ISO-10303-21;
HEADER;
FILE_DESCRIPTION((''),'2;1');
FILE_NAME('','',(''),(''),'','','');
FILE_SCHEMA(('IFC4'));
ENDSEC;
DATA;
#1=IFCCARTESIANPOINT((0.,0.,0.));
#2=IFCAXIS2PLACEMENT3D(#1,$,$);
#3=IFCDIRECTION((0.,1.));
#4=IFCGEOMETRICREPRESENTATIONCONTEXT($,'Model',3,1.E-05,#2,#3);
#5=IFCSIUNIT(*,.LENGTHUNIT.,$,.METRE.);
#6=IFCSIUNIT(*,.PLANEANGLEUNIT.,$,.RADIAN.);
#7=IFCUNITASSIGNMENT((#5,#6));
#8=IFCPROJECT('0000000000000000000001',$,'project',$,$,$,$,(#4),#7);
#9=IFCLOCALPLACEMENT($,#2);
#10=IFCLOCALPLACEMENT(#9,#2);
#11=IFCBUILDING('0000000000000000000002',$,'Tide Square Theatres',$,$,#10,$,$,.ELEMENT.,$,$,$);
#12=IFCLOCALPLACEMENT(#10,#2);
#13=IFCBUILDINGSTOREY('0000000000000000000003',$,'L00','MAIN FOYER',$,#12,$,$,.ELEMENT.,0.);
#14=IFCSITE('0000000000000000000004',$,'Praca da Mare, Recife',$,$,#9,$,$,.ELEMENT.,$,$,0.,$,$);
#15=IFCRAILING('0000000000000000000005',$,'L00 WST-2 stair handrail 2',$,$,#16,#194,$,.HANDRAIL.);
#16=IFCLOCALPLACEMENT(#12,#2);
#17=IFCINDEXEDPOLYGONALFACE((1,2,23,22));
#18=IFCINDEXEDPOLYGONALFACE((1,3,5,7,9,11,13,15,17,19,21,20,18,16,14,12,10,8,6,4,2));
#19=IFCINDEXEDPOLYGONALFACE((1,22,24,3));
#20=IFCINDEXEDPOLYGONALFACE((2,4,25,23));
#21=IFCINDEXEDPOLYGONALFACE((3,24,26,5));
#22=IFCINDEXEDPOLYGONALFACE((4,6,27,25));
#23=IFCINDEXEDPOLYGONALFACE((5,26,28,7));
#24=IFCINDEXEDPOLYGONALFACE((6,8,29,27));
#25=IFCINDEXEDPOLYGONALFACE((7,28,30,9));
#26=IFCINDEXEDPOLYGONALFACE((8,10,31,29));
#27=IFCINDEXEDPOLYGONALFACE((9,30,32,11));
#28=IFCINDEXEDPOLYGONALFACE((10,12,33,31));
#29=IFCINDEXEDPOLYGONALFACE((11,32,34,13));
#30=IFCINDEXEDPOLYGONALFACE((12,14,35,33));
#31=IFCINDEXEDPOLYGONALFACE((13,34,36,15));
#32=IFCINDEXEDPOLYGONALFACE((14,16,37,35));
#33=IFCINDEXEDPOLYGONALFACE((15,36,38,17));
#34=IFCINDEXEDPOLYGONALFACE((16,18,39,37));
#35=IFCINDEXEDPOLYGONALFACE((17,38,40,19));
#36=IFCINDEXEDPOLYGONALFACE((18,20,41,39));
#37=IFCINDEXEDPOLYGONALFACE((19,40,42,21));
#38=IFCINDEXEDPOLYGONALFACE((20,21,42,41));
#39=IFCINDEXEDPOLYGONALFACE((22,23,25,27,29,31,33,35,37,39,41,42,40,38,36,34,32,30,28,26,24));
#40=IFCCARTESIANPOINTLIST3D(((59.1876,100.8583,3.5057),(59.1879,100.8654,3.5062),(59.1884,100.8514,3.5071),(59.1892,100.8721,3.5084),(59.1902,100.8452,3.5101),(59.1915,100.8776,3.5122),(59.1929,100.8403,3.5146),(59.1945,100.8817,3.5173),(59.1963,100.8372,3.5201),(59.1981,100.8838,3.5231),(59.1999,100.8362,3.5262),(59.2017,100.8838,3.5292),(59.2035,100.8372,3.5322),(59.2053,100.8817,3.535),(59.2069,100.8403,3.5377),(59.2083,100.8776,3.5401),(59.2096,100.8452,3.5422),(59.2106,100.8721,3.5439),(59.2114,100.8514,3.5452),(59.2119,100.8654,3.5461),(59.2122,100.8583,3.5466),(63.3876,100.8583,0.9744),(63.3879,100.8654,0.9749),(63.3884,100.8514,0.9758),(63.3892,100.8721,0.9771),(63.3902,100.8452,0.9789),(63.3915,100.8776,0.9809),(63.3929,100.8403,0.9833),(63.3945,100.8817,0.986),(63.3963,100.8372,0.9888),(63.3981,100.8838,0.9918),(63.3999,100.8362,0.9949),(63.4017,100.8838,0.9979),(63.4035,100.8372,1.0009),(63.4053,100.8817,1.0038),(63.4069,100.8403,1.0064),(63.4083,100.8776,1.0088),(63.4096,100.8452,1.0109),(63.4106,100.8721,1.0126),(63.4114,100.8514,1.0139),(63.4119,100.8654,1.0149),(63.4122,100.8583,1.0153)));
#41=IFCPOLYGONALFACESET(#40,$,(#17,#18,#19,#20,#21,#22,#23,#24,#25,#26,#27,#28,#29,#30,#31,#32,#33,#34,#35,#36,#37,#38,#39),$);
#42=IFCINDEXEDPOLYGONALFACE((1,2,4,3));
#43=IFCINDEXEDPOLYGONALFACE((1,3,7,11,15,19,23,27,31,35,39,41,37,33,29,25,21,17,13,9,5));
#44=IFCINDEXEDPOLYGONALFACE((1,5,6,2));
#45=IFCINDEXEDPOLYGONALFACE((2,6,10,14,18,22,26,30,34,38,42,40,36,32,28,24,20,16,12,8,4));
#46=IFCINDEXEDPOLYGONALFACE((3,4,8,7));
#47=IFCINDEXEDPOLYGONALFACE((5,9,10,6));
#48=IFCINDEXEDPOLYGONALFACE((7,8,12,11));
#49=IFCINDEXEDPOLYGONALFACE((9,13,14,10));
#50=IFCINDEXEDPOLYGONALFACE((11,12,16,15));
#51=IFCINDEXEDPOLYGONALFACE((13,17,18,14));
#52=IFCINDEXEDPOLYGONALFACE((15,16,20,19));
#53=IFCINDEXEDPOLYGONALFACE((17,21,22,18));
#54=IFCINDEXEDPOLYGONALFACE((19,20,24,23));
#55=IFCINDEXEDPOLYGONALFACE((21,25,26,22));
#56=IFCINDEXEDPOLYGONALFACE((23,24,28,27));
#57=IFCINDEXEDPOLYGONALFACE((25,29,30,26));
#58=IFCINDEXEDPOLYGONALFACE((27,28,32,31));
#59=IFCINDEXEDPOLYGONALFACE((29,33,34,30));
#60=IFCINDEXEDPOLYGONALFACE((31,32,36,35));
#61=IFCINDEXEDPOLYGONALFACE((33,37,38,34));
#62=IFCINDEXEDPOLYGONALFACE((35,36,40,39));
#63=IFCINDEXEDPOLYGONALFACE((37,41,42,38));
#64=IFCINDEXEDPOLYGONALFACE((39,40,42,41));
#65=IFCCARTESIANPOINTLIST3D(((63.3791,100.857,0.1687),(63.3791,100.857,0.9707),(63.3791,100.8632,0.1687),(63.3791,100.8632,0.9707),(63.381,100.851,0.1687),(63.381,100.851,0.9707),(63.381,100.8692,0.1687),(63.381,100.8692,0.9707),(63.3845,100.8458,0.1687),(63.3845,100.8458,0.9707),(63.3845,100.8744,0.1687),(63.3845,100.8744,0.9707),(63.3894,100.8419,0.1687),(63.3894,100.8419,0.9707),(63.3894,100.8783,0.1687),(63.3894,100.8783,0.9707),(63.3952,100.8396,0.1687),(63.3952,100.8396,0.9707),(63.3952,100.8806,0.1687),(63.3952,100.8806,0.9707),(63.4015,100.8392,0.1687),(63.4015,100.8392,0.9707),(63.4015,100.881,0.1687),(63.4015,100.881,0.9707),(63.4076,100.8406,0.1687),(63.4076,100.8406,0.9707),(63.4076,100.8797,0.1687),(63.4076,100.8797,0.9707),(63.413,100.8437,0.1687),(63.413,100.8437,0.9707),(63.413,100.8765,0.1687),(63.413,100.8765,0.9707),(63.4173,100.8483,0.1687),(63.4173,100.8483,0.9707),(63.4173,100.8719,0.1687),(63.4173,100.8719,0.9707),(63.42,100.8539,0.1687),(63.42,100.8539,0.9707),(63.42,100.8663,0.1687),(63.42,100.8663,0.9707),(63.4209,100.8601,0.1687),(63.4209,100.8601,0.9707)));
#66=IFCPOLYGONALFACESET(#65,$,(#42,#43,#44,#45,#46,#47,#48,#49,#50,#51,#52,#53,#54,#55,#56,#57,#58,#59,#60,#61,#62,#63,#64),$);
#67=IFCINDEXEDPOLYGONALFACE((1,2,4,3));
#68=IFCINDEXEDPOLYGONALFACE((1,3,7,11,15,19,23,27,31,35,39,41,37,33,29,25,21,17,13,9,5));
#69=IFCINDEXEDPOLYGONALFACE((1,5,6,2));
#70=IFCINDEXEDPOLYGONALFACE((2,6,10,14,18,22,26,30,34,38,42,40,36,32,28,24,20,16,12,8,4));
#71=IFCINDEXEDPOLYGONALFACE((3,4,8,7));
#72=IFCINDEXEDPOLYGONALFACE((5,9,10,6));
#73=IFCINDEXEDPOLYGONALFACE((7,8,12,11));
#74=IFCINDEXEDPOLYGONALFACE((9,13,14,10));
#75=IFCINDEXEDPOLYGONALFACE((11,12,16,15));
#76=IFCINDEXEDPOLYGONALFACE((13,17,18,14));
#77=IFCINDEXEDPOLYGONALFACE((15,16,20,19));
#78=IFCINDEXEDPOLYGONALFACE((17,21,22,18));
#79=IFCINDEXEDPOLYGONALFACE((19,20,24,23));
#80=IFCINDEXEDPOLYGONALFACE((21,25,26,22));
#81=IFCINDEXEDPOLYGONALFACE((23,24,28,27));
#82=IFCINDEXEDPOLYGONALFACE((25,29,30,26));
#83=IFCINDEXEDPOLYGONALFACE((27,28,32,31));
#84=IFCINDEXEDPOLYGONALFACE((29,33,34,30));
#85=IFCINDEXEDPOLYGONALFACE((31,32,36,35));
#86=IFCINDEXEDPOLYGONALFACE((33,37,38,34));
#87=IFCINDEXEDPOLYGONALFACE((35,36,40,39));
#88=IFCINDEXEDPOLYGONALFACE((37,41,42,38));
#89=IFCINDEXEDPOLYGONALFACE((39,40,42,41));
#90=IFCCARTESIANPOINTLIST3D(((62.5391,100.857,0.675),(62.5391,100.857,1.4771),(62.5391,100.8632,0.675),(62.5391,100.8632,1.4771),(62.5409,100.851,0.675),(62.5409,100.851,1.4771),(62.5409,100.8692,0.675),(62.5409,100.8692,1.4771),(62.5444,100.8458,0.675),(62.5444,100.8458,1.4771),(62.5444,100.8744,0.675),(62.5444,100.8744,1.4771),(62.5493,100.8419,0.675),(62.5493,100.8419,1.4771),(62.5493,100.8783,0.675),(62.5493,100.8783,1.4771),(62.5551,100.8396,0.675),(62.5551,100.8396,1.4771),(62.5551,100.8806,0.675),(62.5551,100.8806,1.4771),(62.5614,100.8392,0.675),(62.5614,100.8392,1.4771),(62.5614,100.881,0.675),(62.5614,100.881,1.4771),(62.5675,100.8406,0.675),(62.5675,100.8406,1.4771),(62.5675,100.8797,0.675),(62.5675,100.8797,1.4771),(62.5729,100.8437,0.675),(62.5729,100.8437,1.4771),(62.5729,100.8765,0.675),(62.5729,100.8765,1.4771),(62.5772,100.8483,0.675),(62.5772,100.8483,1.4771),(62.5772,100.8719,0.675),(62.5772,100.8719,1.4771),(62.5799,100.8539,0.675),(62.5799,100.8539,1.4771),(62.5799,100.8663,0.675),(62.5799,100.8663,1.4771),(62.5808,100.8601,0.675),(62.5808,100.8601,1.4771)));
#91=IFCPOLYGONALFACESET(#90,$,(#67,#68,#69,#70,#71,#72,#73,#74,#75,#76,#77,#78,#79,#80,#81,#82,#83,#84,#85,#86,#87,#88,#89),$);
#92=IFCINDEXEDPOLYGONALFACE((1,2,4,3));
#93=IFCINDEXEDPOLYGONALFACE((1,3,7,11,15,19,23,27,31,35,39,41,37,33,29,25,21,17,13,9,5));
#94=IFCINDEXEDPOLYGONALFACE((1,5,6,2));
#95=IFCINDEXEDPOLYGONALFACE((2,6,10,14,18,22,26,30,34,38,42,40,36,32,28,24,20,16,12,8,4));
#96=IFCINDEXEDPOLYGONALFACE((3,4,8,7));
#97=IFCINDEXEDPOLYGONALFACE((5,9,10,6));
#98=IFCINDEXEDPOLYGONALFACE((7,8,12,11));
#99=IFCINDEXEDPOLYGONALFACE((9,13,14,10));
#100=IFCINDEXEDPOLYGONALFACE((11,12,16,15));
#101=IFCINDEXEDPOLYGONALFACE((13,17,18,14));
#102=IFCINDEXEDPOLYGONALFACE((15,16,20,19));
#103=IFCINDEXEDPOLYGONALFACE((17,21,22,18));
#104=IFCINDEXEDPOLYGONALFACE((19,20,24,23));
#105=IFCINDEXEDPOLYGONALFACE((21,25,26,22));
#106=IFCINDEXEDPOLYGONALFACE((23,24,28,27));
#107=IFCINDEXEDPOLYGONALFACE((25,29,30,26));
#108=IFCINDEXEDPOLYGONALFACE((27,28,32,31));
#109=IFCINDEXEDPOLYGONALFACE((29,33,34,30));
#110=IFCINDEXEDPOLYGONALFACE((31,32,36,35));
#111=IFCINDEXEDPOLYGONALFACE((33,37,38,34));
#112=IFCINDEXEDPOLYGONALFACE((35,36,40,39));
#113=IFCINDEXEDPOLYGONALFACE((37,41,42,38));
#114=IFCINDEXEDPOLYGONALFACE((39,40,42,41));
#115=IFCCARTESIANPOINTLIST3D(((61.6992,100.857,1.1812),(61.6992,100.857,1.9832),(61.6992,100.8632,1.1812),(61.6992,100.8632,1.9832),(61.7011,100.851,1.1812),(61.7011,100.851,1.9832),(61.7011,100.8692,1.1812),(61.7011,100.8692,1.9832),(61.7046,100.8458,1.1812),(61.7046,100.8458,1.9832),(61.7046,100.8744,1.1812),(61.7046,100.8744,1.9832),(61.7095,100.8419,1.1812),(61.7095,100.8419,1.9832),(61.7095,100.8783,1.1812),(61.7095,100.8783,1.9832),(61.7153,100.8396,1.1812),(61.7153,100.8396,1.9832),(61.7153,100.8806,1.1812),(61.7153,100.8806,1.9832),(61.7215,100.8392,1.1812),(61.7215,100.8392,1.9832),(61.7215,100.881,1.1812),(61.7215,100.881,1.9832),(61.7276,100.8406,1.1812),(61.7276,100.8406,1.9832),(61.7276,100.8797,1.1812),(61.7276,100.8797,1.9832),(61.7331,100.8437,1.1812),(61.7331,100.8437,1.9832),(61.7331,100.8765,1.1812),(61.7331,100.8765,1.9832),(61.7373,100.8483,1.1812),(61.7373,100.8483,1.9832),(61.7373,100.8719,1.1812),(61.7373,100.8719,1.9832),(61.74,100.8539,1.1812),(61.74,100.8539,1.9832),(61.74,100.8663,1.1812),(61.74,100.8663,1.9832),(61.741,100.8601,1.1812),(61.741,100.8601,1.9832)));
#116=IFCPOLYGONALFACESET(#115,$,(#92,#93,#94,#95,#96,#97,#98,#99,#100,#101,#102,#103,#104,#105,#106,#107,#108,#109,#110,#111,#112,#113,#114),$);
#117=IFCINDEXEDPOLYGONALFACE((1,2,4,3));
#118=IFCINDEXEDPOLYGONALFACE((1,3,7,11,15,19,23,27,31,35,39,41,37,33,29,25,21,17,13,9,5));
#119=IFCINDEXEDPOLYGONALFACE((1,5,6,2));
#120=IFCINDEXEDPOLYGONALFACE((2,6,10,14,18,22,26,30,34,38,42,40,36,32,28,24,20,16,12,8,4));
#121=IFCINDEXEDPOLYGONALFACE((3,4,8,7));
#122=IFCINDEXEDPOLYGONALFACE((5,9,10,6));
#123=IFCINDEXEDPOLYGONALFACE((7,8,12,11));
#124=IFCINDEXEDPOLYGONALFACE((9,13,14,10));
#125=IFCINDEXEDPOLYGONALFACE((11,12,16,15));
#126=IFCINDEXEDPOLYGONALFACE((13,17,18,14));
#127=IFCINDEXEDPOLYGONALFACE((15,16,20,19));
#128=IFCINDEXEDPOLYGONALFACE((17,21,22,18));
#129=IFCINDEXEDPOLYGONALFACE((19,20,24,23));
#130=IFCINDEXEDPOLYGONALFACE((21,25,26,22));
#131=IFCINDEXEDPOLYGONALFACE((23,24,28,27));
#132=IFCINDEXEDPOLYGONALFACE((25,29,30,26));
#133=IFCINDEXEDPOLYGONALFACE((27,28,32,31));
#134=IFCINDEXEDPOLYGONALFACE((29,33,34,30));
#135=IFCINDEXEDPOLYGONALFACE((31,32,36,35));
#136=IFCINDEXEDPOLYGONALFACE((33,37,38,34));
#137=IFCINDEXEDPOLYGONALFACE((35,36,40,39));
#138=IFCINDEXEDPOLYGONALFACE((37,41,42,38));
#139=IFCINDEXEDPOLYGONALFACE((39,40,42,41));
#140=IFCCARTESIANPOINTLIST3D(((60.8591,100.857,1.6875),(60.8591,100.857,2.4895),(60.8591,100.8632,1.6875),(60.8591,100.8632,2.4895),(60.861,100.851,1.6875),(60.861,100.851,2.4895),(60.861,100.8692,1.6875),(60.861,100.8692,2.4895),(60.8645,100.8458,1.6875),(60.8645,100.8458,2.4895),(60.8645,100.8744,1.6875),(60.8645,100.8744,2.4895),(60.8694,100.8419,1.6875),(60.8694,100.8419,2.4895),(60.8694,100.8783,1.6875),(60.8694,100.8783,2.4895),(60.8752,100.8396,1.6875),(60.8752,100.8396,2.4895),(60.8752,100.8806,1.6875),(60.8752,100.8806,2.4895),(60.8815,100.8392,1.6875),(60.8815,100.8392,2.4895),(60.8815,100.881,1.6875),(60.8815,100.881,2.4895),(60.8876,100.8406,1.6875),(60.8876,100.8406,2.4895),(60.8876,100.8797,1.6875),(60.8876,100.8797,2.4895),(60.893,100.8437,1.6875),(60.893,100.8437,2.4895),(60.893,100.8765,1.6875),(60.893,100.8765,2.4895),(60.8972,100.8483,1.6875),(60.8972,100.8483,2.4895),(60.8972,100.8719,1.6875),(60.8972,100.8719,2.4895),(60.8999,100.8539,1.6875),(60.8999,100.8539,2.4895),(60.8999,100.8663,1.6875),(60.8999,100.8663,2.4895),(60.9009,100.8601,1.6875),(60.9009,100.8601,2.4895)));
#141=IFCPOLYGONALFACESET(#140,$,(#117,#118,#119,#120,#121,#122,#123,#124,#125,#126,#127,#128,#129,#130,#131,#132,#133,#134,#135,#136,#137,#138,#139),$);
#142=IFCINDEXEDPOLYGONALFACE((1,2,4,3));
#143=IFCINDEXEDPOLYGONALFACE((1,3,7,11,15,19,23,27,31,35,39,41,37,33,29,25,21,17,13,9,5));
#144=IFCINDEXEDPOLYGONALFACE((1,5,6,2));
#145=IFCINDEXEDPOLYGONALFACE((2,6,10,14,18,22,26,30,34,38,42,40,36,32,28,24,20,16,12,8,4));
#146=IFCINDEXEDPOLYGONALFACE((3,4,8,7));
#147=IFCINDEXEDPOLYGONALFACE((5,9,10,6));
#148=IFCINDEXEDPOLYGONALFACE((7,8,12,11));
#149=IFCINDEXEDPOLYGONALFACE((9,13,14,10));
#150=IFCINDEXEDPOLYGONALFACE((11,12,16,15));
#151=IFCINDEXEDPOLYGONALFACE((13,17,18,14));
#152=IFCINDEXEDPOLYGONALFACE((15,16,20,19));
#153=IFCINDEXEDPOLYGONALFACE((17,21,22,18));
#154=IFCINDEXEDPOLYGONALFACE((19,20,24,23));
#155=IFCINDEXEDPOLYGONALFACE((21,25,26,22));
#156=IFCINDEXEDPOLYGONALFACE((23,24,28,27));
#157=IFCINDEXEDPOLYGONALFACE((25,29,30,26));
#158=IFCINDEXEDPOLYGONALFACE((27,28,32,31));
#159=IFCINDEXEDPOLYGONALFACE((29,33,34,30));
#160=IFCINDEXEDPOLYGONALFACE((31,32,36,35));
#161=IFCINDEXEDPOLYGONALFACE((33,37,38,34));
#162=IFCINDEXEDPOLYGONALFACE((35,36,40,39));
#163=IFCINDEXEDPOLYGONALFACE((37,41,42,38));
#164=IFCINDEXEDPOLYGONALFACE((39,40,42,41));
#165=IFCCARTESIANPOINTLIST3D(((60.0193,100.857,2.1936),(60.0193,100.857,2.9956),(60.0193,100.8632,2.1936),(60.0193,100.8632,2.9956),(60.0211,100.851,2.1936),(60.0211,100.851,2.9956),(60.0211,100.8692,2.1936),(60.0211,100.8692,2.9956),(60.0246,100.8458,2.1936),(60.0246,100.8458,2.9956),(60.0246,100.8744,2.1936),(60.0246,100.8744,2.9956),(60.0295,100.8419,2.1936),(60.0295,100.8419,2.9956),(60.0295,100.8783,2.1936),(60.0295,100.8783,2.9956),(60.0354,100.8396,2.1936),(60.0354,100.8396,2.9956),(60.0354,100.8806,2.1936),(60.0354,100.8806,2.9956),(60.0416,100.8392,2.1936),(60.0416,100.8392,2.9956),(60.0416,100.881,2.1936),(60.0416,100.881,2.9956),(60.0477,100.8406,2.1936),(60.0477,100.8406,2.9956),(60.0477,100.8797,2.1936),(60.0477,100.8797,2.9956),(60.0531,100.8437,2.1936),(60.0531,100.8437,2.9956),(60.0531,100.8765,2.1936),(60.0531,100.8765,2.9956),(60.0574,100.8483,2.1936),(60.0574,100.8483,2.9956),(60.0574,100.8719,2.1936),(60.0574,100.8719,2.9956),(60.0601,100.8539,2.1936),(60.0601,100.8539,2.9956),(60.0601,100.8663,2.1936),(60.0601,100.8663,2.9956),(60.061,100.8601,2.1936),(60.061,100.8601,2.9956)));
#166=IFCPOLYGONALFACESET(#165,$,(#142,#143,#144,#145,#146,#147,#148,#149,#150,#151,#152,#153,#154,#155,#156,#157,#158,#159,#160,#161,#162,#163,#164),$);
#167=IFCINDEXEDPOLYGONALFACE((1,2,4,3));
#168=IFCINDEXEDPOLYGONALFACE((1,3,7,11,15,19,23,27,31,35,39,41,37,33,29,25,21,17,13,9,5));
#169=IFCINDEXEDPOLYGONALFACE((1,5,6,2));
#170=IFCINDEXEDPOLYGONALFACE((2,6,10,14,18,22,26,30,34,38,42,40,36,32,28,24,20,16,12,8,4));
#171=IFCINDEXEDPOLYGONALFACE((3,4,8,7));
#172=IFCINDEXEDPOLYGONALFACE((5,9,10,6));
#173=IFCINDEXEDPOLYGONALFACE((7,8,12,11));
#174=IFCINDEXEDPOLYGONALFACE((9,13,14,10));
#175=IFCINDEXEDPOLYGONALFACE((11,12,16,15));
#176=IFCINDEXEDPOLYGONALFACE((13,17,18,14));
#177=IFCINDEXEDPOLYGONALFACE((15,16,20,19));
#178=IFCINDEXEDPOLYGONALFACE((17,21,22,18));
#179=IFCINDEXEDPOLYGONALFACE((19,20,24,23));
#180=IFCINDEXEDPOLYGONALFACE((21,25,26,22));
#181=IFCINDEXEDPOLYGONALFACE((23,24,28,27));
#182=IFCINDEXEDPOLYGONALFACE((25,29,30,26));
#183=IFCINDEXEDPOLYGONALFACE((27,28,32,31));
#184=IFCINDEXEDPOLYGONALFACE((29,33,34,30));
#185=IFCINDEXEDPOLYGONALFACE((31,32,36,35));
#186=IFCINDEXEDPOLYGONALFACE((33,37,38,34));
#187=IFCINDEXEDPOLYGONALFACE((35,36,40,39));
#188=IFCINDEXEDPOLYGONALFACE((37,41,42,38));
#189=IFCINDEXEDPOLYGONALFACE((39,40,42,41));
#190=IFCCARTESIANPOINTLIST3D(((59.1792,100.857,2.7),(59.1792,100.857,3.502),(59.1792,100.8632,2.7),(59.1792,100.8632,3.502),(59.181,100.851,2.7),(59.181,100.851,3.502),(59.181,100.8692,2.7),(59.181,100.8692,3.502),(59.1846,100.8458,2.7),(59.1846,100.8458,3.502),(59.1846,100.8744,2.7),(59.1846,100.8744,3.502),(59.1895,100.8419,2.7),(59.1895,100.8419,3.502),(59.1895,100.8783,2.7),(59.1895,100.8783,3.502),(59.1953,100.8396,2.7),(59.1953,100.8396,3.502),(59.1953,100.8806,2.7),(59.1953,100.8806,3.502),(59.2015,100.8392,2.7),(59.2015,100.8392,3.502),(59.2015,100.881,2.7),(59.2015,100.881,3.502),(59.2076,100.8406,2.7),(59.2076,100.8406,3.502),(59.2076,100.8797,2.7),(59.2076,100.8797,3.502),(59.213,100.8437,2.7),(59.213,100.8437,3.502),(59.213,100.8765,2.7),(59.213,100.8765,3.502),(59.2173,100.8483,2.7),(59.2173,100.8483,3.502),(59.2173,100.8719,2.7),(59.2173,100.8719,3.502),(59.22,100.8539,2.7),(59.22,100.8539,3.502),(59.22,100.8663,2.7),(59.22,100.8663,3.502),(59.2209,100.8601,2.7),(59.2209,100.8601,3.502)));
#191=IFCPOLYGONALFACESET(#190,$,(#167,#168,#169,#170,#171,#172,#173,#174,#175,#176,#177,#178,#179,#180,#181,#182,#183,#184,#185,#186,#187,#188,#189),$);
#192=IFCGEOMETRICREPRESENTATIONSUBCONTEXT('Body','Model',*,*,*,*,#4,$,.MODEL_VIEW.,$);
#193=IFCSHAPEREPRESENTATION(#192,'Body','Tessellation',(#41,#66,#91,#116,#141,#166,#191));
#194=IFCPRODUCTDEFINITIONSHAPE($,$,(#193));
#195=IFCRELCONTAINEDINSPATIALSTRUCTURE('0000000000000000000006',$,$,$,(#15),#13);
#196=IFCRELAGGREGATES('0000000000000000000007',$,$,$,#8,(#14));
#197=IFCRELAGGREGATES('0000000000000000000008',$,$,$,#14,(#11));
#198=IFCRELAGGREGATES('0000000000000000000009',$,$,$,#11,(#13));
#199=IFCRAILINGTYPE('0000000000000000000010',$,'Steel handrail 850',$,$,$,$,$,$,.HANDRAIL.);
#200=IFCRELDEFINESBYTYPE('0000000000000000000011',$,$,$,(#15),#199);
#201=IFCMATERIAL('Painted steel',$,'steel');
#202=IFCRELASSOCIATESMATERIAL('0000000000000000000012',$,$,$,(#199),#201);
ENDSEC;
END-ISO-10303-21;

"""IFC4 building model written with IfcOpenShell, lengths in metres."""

from ifc_helpers import new_model, si_unit, direction, frame, origin, origin_2d, place, context, subcontext, project, spatial, circle, extrude, material, type_object, element, save


model = new_model("IFC4")

# Units and contexts
model_context = context("Model", 3, precision=1e-05, world=origin(), true_north=direction((0.0, 1.0)))
body_context = subcontext(model_context, "Body", "Model", "MODEL_VIEW")
ifc_project = project(units=[si_unit("LENGTHUNIT", "METRE"), si_unit("PLANEANGLEUNIT", "RADIAN")], contexts=[model_context])

# Site, building, storey
site_placement = place(None, origin())
site = spatial("IfcSite", under=ifc_project, at=site_placement, Name="Praca da Mare, Recife", CompositionType="ELEMENT", RefElevation=0.0)
building_placement = place(site_placement, origin())
building = spatial("IfcBuilding", under=site, at=building_placement, Name="Tide Square Theatres", CompositionType="ELEMENT")
storey_placement = place(building_placement, origin())
storey = spatial("IfcBuildingStorey", under=building, at=storey_placement, Name="L00", Description="MAIN FOYER", CompositionType="ELEMENT", Elevation=0.0)

# Railing
ifc_material_1 = material(Name="Painted steel", Category="steel")
railing_type_1 = type_object("IfcRailingType", Name="Steel handrail 850", PredefinedType="HANDRAIL", material=ifc_material_1)
for number, where, name in (
    (1, (63.3999, 100.8601, 0.1687), "L00 WST-2 stair handrail 2"),
):
    element("IfcRailing", number, at=place(storey_placement, frame(where)), inside=storey, type_object=railing_type_1, Name=name, PredefinedType="HANDRAIL", context=body_context, shape_type="SweptSolid", body=[
        extrude(circle(Radius=0.0239, at=origin_2d()), frame((0.0, 0.0, 0.8262), z_axis=(-0.856476, 0.0, 0.516186), x_axis=(0.0, -1.0, 0.0)), (0.0, 0.0, 1.0), 4.9038),
        extrude(circle(Radius=0.021, at=origin_2d()), origin(), (0.0, 0.0, 1.0), 0.802),
        extrude(circle(Radius=0.021, at=origin_2d()), frame((-0.8401, 0.0, 0.5063)), (0.0, 0.0, 1.0), 0.802),
        extrude(circle(Radius=0.021, at=origin_2d()), frame((-1.6799, 0.0, 1.0125)), (0.0, 0.0, 1.0), 0.802),
        extrude(circle(Radius=0.021, at=origin_2d()), frame((-2.52, 0.0, 1.5188)), (0.0, 0.0, 1.0), 0.802),
        extrude(circle(Radius=0.021, at=origin_2d()), frame((-3.3599, 0.0, 2.0249)), (0.0, 0.0, 1.0), 0.802),
        extrude(circle(Radius=0.021, at=origin_2d()), frame((-4.2, 0.0, 2.5312)), (0.0, 0.0, 1.0), 0.802),
    ])

save(model, "model.ifc")
